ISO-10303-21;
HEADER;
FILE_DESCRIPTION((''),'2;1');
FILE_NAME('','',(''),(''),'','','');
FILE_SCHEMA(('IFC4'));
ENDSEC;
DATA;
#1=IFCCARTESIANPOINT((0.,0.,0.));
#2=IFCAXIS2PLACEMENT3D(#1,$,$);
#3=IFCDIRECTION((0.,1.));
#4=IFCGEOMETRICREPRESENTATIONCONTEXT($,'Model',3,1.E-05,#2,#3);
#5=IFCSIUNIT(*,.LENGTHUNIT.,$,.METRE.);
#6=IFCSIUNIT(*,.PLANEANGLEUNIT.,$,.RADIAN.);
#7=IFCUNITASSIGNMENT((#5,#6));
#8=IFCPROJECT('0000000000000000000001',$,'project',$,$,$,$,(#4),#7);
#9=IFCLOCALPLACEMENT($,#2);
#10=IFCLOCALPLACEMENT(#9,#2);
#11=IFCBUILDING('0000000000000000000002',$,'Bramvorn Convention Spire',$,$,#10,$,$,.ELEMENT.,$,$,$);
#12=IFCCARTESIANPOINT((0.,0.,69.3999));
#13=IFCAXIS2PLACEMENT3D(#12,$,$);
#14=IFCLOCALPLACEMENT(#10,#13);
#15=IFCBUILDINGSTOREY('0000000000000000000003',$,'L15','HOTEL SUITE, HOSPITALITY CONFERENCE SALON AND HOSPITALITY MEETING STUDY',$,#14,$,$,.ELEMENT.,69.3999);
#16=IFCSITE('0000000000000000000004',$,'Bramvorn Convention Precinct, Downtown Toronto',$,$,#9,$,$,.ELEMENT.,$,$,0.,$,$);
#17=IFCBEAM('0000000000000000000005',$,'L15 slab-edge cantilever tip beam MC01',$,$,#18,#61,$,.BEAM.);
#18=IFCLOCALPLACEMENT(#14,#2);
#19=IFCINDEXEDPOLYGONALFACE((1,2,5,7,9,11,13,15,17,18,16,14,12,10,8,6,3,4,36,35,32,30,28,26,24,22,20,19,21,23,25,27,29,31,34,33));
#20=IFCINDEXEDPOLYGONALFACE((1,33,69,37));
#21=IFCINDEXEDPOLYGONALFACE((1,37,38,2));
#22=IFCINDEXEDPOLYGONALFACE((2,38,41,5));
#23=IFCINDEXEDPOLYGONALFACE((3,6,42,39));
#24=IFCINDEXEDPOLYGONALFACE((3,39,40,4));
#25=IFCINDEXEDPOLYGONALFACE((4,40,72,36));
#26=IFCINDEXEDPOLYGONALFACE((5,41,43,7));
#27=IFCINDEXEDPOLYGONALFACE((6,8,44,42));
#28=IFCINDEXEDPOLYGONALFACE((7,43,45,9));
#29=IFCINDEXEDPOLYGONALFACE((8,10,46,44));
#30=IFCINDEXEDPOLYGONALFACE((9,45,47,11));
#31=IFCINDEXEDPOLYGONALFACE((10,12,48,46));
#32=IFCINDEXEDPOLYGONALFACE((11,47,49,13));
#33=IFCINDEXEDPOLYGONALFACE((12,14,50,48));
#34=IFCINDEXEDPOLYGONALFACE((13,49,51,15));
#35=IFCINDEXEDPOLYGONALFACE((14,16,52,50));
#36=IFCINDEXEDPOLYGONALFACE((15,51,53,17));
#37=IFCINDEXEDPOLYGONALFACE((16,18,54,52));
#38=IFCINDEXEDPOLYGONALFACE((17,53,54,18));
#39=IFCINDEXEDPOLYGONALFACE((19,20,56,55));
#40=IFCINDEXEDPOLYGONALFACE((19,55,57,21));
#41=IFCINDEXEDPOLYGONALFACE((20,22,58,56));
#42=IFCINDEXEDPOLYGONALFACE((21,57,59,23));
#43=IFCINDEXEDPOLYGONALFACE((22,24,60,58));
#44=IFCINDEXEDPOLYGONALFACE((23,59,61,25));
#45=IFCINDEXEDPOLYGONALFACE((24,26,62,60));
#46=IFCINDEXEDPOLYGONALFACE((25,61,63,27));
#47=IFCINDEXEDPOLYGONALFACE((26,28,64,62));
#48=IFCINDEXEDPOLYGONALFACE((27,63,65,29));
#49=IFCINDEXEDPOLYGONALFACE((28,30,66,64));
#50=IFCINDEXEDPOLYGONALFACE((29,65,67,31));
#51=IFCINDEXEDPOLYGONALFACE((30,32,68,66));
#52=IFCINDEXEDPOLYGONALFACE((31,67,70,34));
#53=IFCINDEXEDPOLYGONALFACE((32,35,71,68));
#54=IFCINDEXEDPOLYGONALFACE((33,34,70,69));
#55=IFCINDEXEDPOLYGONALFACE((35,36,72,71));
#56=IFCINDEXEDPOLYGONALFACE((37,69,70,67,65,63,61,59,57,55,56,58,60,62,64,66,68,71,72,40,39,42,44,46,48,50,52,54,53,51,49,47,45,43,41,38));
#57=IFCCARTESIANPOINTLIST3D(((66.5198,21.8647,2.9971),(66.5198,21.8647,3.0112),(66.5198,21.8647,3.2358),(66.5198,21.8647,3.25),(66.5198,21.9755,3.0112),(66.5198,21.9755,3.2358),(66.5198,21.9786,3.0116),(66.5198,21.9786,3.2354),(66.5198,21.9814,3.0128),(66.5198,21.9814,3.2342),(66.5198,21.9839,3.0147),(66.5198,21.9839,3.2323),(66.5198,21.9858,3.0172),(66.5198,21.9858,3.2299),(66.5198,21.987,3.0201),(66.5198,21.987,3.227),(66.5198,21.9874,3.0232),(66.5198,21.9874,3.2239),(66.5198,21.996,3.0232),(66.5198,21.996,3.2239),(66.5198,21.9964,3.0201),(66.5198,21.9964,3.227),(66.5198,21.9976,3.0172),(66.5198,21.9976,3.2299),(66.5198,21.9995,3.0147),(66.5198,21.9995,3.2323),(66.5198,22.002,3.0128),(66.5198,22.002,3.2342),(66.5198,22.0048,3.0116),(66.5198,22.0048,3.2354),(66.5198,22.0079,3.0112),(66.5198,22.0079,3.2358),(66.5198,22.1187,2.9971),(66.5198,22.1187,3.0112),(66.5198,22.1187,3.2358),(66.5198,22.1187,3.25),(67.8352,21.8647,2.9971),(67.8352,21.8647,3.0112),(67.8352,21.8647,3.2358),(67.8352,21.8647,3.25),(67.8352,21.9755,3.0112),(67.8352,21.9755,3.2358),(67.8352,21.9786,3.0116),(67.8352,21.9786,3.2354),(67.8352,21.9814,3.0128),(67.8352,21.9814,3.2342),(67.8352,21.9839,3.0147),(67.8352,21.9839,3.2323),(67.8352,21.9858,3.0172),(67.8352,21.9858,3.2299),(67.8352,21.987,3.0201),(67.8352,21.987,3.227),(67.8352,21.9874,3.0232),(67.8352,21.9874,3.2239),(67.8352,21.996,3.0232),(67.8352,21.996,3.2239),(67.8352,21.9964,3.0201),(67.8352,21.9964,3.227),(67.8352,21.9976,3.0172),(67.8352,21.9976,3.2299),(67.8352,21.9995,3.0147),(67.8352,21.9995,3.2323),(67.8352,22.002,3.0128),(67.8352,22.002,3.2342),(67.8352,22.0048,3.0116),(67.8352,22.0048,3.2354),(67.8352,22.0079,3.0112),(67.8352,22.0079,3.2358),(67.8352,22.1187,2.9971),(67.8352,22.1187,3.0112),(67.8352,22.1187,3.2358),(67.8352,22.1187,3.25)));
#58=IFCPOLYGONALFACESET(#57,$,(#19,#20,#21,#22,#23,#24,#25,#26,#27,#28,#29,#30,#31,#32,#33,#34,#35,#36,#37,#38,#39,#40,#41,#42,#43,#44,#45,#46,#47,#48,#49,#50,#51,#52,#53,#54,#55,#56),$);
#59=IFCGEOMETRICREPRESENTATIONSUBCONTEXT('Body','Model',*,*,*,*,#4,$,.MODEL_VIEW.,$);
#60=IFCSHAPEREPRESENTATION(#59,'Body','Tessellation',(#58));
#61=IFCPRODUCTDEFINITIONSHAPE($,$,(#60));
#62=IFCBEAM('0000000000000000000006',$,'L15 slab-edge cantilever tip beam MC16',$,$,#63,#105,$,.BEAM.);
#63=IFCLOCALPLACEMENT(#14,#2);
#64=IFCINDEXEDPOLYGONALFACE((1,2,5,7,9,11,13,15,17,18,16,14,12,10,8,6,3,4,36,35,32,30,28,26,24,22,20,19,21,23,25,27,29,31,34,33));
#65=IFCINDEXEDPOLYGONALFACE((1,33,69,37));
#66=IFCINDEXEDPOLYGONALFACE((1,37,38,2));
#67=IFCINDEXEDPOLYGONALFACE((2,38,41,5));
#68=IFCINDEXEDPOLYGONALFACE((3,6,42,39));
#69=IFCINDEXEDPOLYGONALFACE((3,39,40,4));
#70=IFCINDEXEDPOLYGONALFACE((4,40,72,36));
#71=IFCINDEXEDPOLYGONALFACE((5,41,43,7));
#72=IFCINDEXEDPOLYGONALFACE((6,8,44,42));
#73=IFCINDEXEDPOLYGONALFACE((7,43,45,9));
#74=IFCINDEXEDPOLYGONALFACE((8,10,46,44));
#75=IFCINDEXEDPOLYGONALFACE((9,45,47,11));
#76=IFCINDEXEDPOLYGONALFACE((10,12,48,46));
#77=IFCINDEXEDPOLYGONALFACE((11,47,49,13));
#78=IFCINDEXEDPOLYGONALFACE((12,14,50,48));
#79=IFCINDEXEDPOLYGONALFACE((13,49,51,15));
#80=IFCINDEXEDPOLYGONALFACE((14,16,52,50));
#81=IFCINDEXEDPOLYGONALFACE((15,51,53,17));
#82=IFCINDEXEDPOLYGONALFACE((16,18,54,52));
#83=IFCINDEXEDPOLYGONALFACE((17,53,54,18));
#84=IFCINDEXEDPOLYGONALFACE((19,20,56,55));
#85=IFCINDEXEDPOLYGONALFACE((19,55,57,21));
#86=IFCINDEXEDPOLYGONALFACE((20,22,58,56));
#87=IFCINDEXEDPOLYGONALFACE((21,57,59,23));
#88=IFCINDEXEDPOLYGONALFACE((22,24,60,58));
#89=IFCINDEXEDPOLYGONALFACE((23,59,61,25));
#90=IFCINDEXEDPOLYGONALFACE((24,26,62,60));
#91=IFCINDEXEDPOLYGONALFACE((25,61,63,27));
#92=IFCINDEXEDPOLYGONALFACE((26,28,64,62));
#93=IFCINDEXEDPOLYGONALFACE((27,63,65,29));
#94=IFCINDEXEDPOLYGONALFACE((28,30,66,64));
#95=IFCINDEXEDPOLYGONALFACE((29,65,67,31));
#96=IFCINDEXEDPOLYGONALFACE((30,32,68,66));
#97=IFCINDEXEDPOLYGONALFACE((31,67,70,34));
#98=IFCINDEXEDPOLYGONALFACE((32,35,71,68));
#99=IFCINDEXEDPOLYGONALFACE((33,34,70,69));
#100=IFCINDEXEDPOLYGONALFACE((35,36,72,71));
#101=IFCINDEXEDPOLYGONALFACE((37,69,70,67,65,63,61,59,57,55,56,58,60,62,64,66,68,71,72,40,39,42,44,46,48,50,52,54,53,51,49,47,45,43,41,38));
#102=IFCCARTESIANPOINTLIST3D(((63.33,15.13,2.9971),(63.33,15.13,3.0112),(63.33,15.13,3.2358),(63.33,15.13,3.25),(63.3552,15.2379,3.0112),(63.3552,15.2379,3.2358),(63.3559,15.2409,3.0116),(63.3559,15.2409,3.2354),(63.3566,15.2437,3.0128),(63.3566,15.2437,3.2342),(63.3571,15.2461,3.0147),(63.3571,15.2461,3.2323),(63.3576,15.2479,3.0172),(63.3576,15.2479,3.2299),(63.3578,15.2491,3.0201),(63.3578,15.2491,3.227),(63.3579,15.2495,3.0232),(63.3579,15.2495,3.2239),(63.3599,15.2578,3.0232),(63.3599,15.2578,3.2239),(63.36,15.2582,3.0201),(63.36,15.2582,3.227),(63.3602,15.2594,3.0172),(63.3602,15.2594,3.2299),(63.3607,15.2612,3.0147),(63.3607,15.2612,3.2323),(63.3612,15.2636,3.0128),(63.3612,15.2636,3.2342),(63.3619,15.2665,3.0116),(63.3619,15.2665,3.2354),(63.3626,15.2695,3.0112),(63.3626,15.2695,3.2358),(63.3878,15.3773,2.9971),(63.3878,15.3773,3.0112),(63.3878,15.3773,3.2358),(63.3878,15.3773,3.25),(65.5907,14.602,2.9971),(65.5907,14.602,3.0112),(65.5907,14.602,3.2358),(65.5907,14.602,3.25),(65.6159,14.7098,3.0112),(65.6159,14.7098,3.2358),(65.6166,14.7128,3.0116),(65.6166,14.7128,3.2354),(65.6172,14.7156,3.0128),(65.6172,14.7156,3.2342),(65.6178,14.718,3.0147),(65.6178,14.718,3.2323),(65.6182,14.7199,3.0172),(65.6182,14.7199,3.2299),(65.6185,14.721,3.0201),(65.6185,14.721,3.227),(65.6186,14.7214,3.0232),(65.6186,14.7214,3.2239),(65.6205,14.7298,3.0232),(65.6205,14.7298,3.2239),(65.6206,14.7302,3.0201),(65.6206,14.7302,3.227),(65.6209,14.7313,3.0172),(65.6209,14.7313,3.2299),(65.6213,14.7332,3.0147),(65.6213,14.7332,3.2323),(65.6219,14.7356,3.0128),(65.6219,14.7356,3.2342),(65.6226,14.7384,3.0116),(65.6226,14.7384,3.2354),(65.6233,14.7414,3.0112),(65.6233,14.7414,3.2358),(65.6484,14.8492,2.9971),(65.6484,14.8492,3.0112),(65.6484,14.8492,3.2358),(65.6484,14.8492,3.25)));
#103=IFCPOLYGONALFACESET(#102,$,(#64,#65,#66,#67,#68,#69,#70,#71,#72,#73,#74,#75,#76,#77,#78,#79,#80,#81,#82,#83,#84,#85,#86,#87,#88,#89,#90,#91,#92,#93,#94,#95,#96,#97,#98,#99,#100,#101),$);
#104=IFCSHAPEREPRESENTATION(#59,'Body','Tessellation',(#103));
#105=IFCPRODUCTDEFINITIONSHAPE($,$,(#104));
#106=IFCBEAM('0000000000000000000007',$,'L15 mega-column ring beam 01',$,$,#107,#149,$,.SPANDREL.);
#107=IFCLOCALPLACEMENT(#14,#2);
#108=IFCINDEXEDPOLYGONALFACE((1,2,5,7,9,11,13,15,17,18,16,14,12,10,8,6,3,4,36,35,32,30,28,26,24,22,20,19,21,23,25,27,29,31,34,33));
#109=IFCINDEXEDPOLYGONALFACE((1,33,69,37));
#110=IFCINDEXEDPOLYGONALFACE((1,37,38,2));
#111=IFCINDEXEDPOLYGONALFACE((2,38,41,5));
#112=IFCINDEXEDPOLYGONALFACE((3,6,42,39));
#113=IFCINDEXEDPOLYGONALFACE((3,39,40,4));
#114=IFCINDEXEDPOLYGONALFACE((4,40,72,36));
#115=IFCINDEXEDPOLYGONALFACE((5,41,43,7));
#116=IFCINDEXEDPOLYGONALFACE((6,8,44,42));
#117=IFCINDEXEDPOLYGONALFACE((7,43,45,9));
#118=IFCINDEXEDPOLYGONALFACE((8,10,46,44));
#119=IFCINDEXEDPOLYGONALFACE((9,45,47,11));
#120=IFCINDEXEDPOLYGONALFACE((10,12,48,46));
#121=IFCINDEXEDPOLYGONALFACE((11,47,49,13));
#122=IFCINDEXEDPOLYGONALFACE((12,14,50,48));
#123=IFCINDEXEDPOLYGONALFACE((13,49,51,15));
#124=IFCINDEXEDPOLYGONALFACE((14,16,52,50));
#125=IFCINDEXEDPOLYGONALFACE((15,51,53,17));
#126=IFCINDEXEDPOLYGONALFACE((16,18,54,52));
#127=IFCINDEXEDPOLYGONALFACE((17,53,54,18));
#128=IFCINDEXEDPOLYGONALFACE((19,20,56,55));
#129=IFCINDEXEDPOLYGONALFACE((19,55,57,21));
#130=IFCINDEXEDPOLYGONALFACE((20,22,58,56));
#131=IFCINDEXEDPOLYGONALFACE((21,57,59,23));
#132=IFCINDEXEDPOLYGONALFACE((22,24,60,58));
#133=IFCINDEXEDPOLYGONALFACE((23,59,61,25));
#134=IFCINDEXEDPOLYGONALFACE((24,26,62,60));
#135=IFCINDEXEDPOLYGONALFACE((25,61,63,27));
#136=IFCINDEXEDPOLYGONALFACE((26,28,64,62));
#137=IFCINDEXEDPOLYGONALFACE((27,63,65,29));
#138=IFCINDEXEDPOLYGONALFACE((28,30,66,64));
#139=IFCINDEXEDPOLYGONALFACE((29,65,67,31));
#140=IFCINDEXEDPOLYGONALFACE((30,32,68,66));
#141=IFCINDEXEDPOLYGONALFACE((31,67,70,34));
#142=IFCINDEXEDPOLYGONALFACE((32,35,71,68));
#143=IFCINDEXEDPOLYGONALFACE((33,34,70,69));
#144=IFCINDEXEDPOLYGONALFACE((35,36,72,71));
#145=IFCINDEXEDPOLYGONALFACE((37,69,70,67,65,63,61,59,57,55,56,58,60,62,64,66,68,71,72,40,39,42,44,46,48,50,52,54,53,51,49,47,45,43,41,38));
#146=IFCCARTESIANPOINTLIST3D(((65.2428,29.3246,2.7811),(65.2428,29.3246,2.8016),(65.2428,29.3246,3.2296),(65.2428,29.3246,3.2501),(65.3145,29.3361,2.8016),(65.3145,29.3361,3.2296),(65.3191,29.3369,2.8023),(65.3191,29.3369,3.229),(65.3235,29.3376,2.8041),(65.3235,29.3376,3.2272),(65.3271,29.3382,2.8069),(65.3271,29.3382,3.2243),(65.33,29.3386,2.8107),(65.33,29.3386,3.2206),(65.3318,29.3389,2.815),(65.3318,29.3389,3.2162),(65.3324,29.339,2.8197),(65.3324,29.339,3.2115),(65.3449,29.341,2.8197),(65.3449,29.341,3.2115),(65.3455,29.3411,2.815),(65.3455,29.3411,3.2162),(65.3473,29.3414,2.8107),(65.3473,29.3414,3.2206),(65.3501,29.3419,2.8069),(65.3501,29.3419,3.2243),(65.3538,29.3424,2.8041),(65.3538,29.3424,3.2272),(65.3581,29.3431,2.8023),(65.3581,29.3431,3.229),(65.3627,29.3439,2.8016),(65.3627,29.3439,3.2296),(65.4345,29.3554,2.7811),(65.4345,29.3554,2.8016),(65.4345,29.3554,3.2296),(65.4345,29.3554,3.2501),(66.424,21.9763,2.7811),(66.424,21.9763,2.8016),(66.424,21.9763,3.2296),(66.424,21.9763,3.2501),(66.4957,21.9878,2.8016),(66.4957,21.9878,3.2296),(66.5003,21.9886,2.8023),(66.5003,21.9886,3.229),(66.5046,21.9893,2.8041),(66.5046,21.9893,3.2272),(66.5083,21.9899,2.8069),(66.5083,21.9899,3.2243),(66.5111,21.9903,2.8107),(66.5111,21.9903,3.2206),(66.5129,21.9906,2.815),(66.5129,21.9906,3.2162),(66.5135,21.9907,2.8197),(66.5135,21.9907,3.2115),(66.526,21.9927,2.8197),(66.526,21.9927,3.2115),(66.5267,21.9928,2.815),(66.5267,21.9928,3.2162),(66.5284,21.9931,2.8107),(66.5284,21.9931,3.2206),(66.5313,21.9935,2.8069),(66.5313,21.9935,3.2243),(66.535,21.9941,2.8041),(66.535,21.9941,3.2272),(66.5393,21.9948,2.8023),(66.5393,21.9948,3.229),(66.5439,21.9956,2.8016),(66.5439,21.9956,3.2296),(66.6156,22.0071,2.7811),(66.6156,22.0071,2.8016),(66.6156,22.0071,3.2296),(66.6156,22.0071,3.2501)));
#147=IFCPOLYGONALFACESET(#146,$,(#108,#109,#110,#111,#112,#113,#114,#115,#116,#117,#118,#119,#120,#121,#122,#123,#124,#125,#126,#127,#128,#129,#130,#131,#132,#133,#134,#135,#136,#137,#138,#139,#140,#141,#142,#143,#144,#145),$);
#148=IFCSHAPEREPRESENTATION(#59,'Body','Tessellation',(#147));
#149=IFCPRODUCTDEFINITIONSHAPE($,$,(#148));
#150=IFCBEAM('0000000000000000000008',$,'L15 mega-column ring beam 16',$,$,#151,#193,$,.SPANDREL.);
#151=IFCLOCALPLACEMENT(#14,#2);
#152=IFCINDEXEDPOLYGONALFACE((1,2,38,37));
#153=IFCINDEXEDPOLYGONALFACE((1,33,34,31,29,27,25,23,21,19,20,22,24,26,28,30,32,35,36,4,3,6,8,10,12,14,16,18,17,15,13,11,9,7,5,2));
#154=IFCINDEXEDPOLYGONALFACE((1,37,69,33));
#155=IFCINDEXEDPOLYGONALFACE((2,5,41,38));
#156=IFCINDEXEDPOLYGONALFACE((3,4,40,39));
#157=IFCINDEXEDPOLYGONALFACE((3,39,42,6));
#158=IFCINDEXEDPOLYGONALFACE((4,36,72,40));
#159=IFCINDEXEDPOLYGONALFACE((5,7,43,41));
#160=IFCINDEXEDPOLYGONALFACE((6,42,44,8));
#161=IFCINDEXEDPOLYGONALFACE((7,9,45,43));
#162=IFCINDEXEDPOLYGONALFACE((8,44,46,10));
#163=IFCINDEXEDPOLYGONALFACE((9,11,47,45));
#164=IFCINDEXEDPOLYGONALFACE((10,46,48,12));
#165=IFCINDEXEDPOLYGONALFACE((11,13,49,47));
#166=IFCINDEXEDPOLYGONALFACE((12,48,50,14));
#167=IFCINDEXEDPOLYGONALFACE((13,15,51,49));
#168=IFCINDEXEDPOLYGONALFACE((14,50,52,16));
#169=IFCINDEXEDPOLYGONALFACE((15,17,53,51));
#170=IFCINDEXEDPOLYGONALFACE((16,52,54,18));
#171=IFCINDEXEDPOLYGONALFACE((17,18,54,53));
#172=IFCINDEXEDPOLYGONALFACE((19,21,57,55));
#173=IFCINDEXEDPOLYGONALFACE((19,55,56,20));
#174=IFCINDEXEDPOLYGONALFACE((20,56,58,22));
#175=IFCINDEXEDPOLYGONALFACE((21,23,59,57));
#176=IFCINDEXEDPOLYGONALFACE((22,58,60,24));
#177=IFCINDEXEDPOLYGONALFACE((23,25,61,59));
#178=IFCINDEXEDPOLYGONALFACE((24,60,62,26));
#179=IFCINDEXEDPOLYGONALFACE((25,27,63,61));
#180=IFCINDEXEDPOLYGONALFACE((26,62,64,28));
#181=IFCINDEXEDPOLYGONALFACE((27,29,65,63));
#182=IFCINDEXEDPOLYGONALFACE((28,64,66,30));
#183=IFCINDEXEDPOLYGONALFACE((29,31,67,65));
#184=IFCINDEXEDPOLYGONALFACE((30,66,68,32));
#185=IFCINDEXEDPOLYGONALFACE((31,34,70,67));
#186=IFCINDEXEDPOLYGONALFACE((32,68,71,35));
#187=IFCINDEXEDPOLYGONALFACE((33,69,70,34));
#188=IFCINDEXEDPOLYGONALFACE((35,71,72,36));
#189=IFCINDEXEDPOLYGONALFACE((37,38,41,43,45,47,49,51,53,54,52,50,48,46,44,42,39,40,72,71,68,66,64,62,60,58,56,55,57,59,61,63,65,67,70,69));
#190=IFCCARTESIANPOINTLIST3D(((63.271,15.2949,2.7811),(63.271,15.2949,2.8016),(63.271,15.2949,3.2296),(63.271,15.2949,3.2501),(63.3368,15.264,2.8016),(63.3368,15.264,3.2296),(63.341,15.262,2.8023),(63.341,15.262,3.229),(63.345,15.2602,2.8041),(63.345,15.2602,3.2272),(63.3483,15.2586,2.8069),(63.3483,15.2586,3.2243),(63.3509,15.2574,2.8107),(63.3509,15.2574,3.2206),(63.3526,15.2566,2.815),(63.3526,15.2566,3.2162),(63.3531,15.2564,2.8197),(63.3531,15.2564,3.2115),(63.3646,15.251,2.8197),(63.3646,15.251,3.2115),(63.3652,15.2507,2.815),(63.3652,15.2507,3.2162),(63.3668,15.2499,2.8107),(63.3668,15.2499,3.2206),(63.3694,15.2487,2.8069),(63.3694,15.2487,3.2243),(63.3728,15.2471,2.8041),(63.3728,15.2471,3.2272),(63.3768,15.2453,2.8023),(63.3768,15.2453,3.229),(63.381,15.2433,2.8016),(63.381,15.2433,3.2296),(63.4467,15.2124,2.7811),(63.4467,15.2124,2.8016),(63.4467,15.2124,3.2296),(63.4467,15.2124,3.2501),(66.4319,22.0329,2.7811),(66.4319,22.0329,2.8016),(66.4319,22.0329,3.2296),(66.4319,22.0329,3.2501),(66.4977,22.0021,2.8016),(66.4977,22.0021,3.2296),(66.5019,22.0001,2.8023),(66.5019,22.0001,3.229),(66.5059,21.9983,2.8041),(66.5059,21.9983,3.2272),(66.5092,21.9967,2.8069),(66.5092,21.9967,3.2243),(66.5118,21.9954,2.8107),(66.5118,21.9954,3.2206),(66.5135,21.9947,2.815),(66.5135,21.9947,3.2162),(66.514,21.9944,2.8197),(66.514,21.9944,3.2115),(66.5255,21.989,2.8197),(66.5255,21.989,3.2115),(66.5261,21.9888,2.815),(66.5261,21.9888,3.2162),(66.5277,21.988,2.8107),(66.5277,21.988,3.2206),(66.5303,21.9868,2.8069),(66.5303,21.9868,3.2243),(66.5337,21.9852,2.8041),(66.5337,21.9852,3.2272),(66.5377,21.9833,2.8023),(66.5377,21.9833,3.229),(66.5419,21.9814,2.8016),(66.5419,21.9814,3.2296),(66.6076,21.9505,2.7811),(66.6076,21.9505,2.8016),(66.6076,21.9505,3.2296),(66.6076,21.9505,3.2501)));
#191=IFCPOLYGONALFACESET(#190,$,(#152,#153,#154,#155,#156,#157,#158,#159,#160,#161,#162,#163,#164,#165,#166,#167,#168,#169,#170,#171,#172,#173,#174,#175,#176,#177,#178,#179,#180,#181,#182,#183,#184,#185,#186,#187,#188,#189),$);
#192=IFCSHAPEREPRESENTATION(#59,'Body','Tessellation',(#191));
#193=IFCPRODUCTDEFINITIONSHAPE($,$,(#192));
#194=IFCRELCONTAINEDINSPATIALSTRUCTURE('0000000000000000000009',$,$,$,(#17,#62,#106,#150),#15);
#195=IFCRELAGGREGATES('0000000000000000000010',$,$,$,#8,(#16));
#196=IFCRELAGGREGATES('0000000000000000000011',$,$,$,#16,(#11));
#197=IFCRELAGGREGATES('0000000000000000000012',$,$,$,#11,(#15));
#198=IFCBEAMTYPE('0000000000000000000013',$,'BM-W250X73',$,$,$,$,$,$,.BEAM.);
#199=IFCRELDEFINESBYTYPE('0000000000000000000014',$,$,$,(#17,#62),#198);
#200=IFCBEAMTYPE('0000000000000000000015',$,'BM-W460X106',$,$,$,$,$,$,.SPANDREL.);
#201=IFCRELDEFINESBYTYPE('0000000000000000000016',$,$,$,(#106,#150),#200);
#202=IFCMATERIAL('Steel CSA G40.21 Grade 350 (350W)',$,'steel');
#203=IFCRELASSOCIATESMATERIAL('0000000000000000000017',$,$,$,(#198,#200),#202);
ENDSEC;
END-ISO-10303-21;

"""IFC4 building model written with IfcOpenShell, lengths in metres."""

from ifc_helpers import new_model, si_unit, direction, frame, origin, origin_2d, place, context, subcontext, project, spatial, i_section, extrude, material, material_profile, profile_set, type_object, element, save


model = new_model("IFC4")

# Units and contexts
model_context = context("Model", 3, precision=1e-05, world=origin(), true_north=direction((0.0, 1.0)))
body_context = subcontext(model_context, "Body", "Model", "MODEL_VIEW")
ifc_project = project(units=[si_unit("LENGTHUNIT", "METRE"), si_unit("PLANEANGLEUNIT", "RADIAN")], contexts=[model_context])

# Site, building, storey
site_placement = place(None, origin())
site = spatial("IfcSite", under=ifc_project, at=site_placement, Name="Bramvorn Convention Precinct, Downtown Toronto", CompositionType="ELEMENT", RefElevation=0.0)
building_placement = place(site_placement, origin())
building = spatial("IfcBuilding", under=site, at=building_placement, Name="Bramvorn Convention Spire", CompositionType="ELEMENT")
storey_placement = place(building_placement, frame((0.0, 0.0, 69.3999)))
storey = spatial("IfcBuildingStorey", under=building, at=storey_placement, Name="L15", Description="HOTEL SUITE, HOSPITALITY CONFERENCE SALON AND HOSPITALITY MEETING STUDY", CompositionType="ELEMENT", Elevation=69.3999)

# Shared definitions
ifc_material_1 = material(Name="Steel CSA G40.21 Grade 350 (350W)", Category="steel")

# Beams
ifc_material_profile_1 = material_profile(ifc_material_1, i_section(OverallWidth=0.2539, OverallDepth=0.2529, WebThickness=0.0085, FlangeThickness=0.0142, FilletRadius=0.012, at=origin_2d()))
ifc_profile_set_1 = profile_set([ifc_material_profile_1], Name="Steel CSA G40.21 Grade 350 (350W) - W250X73")
beam_type_1 = type_object("IfcBeamType", Name="BM-W250X73", PredefinedType="BEAM", material=ifc_profile_set_1)
beam_1_placement = place(storey_placement, frame((66.5198, 21.9917, 3.1235), z_axis=(1.0, 0.0, 0.0), x_axis=(0.0, 1.0, 0.0)))
element("IfcBeam", 1, at=beam_1_placement, inside=storey, type_object=beam_type_1, Name="L15 slab-edge cantilever tip beam MC01", PredefinedType="BEAM", context=body_context, shape_type="SweptSolid", body=[
    extrude(i_section(OverallWidth=0.2539, OverallDepth=0.2529, WebThickness=0.0085, FlangeThickness=0.0142, FilletRadius=0.012, at=origin_2d()), origin(), (0.0, 0.0, 1.0), 1.3154),
])
beam_2_placement = place(storey_placement, frame((63.3589, 15.2537, 3.1235), z_axis=(0.973787, -0.227462, 0.0), x_axis=(0.227462, 0.973787, 0.0)))
element("IfcBeam", 2, at=beam_2_placement, inside=storey, type_object=beam_type_1, Name="L15 slab-edge cantilever tip beam MC16", PredefinedType="BEAM", context=body_context, shape_type="SweptSolid", body=[
    extrude(i_section(OverallWidth=0.2539, OverallDepth=0.2529, WebThickness=0.0085, FlangeThickness=0.0142, FilletRadius=0.012, at=origin_2d()), origin(), (0.0, 0.0, 1.0), 2.3215),
])
ifc_material_profile_2 = material_profile(ifc_material_1, i_section(OverallWidth=0.1941, OverallDepth=0.469, WebThickness=0.0127, FlangeThickness=0.0205, FilletRadius=0.0181, at=origin_2d()))
ifc_profile_set_2 = profile_set([ifc_material_profile_2], Name="Steel CSA G40.21 Grade 350 (350W) - W460X106")
beam_type_2 = type_object("IfcBeamType", Name="BM-W460X106", PredefinedType="SPANDREL", material=ifc_profile_set_2)
for number, where, z_axis, x_axis, name in (
    (3, (66.5198, 21.9917, 3.0156), (-0.158699, 0.987327, 0.0), (-0.987327, -0.158699, 0.0), "L15 mega-column ring beam 01"),
    (4, (63.3589, 15.2537, 3.0156), (0.424702, 0.905333, 0.0), (-0.905333, 0.424702, 0.0), "L15 mega-column ring beam 16"),
):
    element("IfcBeam", number, at=place(storey_placement, frame(where, z_axis=z_axis, x_axis=x_axis)), inside=storey, type_object=beam_type_2, Name=name, PredefinedType="SPANDREL", context=body_context, shape_type="SweptSolid", body=[
        extrude(i_section(OverallWidth=0.1941, OverallDepth=0.469, WebThickness=0.0127, FlangeThickness=0.0205, FilletRadius=0.0181, at=origin_2d()), origin(), (0.0, 0.0, 1.0), 7.4426),
    ])

save(model, "model.ifc")
